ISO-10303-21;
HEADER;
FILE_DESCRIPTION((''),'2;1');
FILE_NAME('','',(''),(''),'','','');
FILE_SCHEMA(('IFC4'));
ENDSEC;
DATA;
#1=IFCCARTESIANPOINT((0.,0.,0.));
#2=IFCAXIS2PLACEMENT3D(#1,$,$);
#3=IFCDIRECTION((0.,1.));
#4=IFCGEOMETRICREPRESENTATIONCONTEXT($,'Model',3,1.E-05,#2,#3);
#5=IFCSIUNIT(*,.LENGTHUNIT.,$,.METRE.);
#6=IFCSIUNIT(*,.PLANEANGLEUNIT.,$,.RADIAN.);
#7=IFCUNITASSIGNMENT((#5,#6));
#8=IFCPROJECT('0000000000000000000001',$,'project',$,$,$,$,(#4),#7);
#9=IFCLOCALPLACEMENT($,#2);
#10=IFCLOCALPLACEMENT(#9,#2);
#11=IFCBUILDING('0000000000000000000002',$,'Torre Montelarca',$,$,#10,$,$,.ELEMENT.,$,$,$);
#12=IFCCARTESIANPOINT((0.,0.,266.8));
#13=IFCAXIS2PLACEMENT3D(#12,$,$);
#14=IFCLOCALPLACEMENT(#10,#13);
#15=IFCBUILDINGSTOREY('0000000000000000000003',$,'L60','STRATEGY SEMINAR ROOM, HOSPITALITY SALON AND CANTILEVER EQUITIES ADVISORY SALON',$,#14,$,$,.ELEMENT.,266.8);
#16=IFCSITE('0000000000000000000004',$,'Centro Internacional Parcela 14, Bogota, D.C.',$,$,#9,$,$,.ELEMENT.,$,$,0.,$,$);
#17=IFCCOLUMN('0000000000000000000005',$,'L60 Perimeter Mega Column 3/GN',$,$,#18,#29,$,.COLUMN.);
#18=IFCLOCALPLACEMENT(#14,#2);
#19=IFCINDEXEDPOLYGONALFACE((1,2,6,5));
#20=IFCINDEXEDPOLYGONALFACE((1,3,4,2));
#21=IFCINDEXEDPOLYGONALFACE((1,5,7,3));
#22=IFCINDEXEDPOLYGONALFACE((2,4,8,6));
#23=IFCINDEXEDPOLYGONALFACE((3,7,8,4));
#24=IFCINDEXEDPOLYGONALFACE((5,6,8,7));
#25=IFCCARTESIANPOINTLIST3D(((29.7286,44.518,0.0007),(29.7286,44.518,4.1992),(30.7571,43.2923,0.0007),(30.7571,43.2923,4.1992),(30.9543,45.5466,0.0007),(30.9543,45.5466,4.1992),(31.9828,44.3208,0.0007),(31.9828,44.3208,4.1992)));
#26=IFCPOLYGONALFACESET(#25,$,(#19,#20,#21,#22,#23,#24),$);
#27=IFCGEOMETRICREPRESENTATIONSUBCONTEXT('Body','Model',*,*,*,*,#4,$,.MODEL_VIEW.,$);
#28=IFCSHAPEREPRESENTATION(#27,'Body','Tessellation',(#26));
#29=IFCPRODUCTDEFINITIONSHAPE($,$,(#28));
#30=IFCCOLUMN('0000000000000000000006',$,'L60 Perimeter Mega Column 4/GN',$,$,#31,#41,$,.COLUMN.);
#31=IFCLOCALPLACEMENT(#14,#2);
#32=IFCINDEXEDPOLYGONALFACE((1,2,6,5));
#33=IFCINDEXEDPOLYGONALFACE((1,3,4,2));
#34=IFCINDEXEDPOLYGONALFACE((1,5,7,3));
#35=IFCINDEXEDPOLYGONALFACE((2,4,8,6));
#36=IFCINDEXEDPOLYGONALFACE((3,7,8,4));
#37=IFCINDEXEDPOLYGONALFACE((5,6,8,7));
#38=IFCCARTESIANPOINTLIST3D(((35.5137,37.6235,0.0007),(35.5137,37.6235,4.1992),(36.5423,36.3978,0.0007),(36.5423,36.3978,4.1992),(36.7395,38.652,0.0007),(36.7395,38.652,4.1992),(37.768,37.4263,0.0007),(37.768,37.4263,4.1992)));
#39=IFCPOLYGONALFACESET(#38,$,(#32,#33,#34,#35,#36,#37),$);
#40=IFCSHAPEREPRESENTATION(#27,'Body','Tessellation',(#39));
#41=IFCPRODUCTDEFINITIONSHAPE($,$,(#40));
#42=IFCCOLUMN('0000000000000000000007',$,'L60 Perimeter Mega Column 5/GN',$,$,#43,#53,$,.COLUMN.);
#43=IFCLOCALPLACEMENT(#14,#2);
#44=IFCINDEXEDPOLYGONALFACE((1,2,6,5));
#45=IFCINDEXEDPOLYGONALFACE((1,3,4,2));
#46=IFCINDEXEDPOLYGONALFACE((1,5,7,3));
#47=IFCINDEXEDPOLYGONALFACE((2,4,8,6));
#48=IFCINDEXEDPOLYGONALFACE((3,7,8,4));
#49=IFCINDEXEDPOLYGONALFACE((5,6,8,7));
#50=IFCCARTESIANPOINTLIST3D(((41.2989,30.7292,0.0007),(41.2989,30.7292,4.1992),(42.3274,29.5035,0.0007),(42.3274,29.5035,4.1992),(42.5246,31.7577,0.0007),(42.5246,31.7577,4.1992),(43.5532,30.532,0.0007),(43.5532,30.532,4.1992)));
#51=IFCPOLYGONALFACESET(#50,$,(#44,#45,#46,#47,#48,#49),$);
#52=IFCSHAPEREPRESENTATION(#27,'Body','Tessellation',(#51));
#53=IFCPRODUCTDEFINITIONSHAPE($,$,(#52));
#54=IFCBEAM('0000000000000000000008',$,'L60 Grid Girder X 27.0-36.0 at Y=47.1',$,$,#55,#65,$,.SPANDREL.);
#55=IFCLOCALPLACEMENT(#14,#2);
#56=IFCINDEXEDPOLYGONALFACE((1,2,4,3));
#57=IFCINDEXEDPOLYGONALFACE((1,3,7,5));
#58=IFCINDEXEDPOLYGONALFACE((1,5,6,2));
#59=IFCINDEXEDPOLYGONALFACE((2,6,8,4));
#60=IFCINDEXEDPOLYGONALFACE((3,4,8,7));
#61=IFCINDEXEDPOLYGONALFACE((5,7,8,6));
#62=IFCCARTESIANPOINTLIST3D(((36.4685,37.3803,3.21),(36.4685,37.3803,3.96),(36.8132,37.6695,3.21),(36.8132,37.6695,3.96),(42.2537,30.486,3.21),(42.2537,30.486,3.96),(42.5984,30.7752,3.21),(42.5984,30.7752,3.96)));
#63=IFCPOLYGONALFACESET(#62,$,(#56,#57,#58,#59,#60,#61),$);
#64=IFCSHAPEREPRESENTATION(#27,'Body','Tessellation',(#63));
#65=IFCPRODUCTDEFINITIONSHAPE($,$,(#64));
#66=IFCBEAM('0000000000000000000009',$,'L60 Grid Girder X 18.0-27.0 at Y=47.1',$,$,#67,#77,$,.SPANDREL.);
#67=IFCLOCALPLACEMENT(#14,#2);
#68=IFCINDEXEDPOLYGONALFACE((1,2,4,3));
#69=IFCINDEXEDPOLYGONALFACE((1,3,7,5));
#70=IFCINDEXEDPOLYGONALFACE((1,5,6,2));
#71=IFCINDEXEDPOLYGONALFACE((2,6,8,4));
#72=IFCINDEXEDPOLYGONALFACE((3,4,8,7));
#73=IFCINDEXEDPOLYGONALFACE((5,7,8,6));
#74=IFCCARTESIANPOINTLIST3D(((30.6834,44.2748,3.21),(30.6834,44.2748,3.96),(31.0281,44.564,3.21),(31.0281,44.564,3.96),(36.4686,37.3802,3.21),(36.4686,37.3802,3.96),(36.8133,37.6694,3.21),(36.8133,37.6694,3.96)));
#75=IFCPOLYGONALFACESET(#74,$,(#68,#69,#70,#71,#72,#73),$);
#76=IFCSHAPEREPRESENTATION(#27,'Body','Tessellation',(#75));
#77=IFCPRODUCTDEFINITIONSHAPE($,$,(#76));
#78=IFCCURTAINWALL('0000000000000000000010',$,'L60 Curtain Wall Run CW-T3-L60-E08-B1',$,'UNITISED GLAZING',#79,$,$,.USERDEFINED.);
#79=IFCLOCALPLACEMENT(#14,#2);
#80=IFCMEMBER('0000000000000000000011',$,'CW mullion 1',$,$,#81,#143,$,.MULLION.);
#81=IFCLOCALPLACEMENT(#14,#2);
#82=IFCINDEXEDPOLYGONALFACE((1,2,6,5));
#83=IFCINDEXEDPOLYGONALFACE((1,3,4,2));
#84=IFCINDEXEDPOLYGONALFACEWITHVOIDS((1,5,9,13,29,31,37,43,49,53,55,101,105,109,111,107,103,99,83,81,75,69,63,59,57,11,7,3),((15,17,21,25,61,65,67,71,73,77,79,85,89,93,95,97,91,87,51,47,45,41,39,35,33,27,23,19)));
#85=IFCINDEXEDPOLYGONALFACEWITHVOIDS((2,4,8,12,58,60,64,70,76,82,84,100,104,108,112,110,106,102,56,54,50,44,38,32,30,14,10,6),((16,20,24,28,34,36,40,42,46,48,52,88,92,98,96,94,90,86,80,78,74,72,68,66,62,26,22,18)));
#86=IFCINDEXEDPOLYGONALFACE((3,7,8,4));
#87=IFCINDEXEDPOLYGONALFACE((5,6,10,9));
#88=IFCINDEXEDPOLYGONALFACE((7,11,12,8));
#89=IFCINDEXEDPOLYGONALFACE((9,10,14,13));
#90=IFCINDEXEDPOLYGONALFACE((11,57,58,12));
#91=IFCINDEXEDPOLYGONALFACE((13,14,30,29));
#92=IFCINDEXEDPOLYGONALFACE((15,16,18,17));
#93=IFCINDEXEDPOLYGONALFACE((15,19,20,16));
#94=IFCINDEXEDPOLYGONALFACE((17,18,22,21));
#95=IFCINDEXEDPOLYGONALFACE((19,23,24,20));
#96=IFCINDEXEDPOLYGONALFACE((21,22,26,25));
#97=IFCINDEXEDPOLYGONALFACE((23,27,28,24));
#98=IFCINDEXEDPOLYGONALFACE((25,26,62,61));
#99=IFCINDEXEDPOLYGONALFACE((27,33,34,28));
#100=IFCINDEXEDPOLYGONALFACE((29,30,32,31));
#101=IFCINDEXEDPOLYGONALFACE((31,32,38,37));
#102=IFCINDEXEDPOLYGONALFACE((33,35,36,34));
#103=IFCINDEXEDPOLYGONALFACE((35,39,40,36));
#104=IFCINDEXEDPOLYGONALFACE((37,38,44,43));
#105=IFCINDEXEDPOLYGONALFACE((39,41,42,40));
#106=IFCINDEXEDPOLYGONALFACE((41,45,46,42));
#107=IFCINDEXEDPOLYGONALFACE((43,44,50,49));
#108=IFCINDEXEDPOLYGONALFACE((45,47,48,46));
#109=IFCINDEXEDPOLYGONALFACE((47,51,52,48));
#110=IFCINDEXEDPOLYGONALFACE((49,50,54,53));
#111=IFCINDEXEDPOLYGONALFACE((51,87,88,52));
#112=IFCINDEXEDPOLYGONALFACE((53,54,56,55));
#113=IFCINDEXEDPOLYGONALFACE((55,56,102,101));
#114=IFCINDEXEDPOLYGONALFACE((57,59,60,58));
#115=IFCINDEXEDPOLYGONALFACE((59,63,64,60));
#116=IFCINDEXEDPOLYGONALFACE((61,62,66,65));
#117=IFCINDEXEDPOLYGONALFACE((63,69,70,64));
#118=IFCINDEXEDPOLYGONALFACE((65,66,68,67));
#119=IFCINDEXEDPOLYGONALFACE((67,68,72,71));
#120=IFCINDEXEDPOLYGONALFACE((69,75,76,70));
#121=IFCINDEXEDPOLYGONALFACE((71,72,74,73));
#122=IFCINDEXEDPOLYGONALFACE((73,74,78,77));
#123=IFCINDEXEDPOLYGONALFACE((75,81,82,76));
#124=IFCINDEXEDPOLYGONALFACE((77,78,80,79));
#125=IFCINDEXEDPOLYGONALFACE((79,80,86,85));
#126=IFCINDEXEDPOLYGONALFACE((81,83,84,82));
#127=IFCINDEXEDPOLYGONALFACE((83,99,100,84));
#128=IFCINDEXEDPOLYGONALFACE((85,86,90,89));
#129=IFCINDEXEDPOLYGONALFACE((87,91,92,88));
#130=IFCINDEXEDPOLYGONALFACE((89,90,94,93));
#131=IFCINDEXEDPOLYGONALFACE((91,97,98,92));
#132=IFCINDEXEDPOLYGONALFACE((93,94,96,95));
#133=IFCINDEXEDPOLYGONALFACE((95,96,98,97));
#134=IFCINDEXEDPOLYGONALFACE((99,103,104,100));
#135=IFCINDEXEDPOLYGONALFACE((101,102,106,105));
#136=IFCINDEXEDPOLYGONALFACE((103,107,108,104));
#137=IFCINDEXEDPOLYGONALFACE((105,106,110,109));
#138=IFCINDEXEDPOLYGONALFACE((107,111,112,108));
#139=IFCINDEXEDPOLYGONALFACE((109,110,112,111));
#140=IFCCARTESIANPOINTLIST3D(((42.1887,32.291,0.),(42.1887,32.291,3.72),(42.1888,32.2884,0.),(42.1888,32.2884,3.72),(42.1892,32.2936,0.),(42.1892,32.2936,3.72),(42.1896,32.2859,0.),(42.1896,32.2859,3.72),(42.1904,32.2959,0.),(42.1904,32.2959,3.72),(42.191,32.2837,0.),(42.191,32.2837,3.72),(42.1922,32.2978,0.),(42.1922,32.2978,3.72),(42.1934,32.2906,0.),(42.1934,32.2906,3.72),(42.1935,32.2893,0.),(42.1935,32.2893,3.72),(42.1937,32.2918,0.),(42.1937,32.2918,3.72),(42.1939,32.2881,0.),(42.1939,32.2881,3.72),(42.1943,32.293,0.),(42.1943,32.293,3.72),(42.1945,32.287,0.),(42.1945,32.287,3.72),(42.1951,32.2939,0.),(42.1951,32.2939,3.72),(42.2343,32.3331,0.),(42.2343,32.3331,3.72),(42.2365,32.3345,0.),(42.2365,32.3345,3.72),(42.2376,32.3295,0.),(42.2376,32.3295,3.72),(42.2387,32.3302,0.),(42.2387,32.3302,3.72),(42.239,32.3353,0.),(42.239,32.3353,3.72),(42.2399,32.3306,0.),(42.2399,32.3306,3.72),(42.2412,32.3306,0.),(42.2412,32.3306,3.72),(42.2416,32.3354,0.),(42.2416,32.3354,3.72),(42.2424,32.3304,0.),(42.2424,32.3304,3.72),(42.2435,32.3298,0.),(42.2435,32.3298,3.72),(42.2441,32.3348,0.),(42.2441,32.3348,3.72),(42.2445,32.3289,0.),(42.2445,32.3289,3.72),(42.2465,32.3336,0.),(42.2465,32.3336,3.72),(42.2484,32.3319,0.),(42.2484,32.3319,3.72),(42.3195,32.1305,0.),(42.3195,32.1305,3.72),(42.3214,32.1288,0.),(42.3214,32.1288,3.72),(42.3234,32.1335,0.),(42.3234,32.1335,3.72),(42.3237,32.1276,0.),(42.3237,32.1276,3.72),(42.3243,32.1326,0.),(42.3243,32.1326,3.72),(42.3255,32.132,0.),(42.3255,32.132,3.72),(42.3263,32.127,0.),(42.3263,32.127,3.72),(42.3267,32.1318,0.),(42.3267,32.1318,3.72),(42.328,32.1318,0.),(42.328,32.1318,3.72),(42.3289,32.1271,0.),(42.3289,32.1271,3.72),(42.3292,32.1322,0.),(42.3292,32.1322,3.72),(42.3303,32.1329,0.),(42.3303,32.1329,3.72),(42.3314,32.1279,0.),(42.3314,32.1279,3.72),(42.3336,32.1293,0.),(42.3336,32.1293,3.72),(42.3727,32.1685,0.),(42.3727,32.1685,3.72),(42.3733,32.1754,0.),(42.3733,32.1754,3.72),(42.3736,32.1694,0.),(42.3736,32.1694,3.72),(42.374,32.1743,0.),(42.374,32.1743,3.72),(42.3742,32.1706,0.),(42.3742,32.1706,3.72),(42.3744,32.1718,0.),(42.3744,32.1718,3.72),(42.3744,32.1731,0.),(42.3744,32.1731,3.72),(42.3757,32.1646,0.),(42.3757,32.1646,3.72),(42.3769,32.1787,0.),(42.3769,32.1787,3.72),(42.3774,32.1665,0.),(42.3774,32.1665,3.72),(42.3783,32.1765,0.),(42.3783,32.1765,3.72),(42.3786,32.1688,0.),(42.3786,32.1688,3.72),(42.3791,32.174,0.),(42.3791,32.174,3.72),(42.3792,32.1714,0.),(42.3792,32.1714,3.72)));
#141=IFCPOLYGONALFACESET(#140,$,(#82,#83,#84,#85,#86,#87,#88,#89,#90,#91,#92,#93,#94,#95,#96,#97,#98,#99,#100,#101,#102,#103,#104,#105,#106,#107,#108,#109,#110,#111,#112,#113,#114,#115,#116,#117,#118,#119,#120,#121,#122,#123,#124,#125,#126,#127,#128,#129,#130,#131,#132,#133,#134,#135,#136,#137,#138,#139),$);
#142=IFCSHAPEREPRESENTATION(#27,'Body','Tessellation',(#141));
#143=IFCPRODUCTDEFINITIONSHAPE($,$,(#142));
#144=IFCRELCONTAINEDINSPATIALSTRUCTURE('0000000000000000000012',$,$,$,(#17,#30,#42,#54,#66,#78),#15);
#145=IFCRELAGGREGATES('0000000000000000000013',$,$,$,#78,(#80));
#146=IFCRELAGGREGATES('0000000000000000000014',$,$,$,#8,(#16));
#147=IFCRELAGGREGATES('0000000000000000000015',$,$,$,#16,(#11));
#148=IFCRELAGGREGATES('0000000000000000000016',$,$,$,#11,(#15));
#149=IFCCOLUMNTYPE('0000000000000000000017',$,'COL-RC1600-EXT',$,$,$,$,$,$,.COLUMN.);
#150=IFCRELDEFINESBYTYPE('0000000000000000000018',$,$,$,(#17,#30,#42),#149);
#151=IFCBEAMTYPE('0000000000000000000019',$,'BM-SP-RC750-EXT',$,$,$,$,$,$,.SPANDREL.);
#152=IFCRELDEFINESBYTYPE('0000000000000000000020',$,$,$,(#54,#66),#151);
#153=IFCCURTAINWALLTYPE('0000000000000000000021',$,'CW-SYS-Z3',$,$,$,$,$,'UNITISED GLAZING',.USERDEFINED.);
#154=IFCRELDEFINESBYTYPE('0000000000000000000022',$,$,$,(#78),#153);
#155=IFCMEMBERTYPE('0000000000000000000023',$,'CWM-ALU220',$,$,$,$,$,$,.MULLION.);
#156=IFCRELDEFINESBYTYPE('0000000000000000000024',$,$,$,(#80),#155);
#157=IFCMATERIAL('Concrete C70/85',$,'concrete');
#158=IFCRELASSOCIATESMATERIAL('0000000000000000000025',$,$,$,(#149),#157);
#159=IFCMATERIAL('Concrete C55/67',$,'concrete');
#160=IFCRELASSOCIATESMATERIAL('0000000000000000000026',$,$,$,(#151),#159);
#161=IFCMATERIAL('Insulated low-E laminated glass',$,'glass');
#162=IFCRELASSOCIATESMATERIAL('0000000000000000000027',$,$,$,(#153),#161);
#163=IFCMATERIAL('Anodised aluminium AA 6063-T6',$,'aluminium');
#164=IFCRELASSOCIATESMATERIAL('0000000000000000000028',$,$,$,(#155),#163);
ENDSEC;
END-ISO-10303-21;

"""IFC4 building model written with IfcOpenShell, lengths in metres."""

from ifc_helpers import new_model, si_unit, direction, frame, origin, origin_2d, place, context, subcontext, project, spatial, rectangle, hollow_rectangle, extrude, source, transform, mapped, material, material_profile, profile_set, type_object, element, aggregate, save


model = new_model("IFC4")

# Units and contexts
model_context = context("Model", 3, precision=1e-05, world=origin(), true_north=direction((0.0, 1.0)))
body_context = subcontext(model_context, "Body", "Model", "MODEL_VIEW")
ifc_project = project(units=[si_unit("LENGTHUNIT", "METRE"), si_unit("PLANEANGLEUNIT", "RADIAN")], contexts=[model_context])

# Site, building, storey
site_placement = place(None, origin())
site = spatial("IfcSite", under=ifc_project, at=site_placement, Name="Centro Internacional Parcela 14, Bogota, D.C.", CompositionType="ELEMENT", RefElevation=0.0)
building_placement = place(site_placement, origin())
building = spatial("IfcBuilding", under=site, at=building_placement, Name="Torre Montelarca", CompositionType="ELEMENT")
storey_placement = place(building_placement, frame((0.0, 0.0, 266.8)))
storey = spatial("IfcBuildingStorey", under=building, at=storey_placement, Name="L60", Description="STRATEGY SEMINAR ROOM, HOSPITALITY SALON AND CANTILEVER EQUITIES ADVISORY SALON", CompositionType="ELEMENT", Elevation=266.8)

# Columns
ifc_material_1 = material(Name="Concrete C70/85", Category="concrete")
ifc_material_profile_1 = material_profile(ifc_material_1, rectangle(XDim=1.6001, YDim=1.6001, at=origin_2d()), Name="RC1600X1600", Category="concrete")
ifc_profile_set_1 = profile_set([ifc_material_profile_1], Name="Concrete C70/85")
column_type = type_object("IfcColumnType", Name="COL-RC1600-EXT", PredefinedType="COLUMN", material=ifc_profile_set_1)
shared_shape_1 = source(origin(), body_context, "Body", "SweptSolid", [
    extrude(rectangle(XDim=1.6001, YDim=1.6001, at=origin_2d()), origin(), (0.0, 0.0, 1.0), 4.1985),
])
for number, where, z_axis, x_axis, name in (
    (1, (30.8557, 44.4194, 0.0007), (0.0, 0.0, 1.0), (-0.642788, 0.766044, 0.0), "L60 Perimeter Mega Column 3/GN"),
    (2, (36.6409, 37.5249, 0.0007), (0.0, 0.0, 1.0), (-0.642788, 0.766044, 0.0), "L60 Perimeter Mega Column 4/GN"),
    (3, (42.426, 30.6306, 0.0007), (0.0, 0.0, 1.0), (-0.642788, 0.766044, 0.0), "L60 Perimeter Mega Column 5/GN"),
):
    element("IfcColumn", number, at=place(storey_placement, frame(where, z_axis=z_axis, x_axis=x_axis)), inside=storey, type_object=column_type, Name=name, PredefinedType="COLUMN", context=body_context, shape_type="MappedRepresentation", body=[
        mapped(shared_shape_1, transform((0.0, 0.0, 0.0), scale=1.0)),
    ])

# Beams
ifc_material_2 = material(Name="Concrete C55/67", Category="concrete")
ifc_material_profile_2 = material_profile(ifc_material_2, rectangle(XDim=0.45, YDim=0.75, at=origin_2d()), Name="RCB450X750", Category="concrete")
ifc_profile_set_2 = profile_set([ifc_material_profile_2], Name="Concrete C55/67")
beam_type = type_object("IfcBeamType", Name="BM-SP-RC750-EXT", PredefinedType="SPANDREL", material=ifc_profile_set_2)
shared_shape_2 = source(origin(), body_context, "Body", "SweptSolid", [
    extrude(rectangle(XDim=0.45, YDim=0.75, at=origin_2d()), origin(), (0.0, 0.0, 1.0), 9.0),
])
beam_1_placement = place(storey_placement, frame((36.6409, 37.5249, 3.585), z_axis=(0.642798, -0.766036, 0.0), x_axis=(0.766036, 0.642798, 0.0)))
element("IfcBeam", 4, at=beam_1_placement, inside=storey, type_object=beam_type, Name="L60 Grid Girder X 27.0-36.0 at Y=47.1", PredefinedType="SPANDREL", context=body_context, shape_type="MappedRepresentation", body=[
    mapped(shared_shape_2, transform((0.0, 0.0, 0.0), scale=1.0)),
])
shared_shape_3 = source(origin(), body_context, "Body", "SweptSolid", [
    extrude(rectangle(XDim=0.45, YDim=0.75, at=origin_2d()), origin(), (0.0, 0.0, 1.0), 9.0002),
])
beam_2_placement = place(storey_placement, frame((30.8557, 44.4194, 3.585), z_axis=(0.642785, -0.766047, 0.0), x_axis=(0.766047, 0.642785, 0.0)))
element("IfcBeam", 5, at=beam_2_placement, inside=storey, type_object=beam_type, Name="L60 Grid Girder X 18.0-27.0 at Y=47.1", PredefinedType="SPANDREL", context=body_context, shape_type="MappedRepresentation", body=[
    mapped(shared_shape_3, transform((0.0, 0.0, 0.0), scale=1.0)),
])

# Curtain wall, member
ifc_material_3 = material(Name="Insulated low-E laminated glass", Category="glass")
curtain_wall_type = type_object("IfcCurtainWallType", Name="CW-SYS-Z3", ElementType="UNITISED GLAZING", PredefinedType="USERDEFINED", material=ifc_material_3)
curtain_wall_1_placement = place(storey_placement, origin())
curtain_wall_1 = element("IfcCurtainWall", 6, at=curtain_wall_1_placement, inside=storey, type_object=curtain_wall_type, Name="L60 Curtain Wall Run CW-T3-L60-E08-B1", ObjectType="UNITISED GLAZING", PredefinedType="USERDEFINED")
ifc_material_4 = material(Name="Anodised aluminium AA 6063-T6", Category="aluminium")
ifc_material_profile_3 = material_profile(ifc_material_4, hollow_rectangle(XDim=0.075, YDim=0.22, WallThickness=0.0049, InnerFilletRadius=0.0049, OuterFilletRadius=0.01, at=origin_2d()), Name="ALU75X220X5", Category="aluminium")
ifc_profile_set_3 = profile_set([ifc_material_profile_3], Name="Anodised aluminium AA 6063-T6")
member_type_1 = type_object("IfcMemberType", Name="CWM-ALU220", PredefinedType="MULLION", material=ifc_profile_set_3)
shared_shape_4 = source(origin(), body_context, "Body", "SweptSolid", [
    extrude(hollow_rectangle(XDim=0.075, YDim=0.22, WallThickness=0.0049, InnerFilletRadius=0.0049, OuterFilletRadius=0.01, at=origin_2d()), origin(), (0.0, 0.0, 1.0), 3.72),
])
member_1_placement = place(storey_placement, frame((42.2839, 32.2312, 0.0), z_axis=(0.0, 0.0, 1.0), x_axis=(-0.766039, -0.642794, 0.0)))
member_1 = element("IfcMember", 7, at=member_1_placement, type_object=member_type_1, Name="CW mullion 1", PredefinedType="MULLION", context=body_context, shape_type="MappedRepresentation", body=[
    mapped(shared_shape_4, transform((0.0, 0.0, 0.0), scale=1.0)),
])

aggregate(curtain_wall_1, [member_1])

save(model, "model.ifc")
